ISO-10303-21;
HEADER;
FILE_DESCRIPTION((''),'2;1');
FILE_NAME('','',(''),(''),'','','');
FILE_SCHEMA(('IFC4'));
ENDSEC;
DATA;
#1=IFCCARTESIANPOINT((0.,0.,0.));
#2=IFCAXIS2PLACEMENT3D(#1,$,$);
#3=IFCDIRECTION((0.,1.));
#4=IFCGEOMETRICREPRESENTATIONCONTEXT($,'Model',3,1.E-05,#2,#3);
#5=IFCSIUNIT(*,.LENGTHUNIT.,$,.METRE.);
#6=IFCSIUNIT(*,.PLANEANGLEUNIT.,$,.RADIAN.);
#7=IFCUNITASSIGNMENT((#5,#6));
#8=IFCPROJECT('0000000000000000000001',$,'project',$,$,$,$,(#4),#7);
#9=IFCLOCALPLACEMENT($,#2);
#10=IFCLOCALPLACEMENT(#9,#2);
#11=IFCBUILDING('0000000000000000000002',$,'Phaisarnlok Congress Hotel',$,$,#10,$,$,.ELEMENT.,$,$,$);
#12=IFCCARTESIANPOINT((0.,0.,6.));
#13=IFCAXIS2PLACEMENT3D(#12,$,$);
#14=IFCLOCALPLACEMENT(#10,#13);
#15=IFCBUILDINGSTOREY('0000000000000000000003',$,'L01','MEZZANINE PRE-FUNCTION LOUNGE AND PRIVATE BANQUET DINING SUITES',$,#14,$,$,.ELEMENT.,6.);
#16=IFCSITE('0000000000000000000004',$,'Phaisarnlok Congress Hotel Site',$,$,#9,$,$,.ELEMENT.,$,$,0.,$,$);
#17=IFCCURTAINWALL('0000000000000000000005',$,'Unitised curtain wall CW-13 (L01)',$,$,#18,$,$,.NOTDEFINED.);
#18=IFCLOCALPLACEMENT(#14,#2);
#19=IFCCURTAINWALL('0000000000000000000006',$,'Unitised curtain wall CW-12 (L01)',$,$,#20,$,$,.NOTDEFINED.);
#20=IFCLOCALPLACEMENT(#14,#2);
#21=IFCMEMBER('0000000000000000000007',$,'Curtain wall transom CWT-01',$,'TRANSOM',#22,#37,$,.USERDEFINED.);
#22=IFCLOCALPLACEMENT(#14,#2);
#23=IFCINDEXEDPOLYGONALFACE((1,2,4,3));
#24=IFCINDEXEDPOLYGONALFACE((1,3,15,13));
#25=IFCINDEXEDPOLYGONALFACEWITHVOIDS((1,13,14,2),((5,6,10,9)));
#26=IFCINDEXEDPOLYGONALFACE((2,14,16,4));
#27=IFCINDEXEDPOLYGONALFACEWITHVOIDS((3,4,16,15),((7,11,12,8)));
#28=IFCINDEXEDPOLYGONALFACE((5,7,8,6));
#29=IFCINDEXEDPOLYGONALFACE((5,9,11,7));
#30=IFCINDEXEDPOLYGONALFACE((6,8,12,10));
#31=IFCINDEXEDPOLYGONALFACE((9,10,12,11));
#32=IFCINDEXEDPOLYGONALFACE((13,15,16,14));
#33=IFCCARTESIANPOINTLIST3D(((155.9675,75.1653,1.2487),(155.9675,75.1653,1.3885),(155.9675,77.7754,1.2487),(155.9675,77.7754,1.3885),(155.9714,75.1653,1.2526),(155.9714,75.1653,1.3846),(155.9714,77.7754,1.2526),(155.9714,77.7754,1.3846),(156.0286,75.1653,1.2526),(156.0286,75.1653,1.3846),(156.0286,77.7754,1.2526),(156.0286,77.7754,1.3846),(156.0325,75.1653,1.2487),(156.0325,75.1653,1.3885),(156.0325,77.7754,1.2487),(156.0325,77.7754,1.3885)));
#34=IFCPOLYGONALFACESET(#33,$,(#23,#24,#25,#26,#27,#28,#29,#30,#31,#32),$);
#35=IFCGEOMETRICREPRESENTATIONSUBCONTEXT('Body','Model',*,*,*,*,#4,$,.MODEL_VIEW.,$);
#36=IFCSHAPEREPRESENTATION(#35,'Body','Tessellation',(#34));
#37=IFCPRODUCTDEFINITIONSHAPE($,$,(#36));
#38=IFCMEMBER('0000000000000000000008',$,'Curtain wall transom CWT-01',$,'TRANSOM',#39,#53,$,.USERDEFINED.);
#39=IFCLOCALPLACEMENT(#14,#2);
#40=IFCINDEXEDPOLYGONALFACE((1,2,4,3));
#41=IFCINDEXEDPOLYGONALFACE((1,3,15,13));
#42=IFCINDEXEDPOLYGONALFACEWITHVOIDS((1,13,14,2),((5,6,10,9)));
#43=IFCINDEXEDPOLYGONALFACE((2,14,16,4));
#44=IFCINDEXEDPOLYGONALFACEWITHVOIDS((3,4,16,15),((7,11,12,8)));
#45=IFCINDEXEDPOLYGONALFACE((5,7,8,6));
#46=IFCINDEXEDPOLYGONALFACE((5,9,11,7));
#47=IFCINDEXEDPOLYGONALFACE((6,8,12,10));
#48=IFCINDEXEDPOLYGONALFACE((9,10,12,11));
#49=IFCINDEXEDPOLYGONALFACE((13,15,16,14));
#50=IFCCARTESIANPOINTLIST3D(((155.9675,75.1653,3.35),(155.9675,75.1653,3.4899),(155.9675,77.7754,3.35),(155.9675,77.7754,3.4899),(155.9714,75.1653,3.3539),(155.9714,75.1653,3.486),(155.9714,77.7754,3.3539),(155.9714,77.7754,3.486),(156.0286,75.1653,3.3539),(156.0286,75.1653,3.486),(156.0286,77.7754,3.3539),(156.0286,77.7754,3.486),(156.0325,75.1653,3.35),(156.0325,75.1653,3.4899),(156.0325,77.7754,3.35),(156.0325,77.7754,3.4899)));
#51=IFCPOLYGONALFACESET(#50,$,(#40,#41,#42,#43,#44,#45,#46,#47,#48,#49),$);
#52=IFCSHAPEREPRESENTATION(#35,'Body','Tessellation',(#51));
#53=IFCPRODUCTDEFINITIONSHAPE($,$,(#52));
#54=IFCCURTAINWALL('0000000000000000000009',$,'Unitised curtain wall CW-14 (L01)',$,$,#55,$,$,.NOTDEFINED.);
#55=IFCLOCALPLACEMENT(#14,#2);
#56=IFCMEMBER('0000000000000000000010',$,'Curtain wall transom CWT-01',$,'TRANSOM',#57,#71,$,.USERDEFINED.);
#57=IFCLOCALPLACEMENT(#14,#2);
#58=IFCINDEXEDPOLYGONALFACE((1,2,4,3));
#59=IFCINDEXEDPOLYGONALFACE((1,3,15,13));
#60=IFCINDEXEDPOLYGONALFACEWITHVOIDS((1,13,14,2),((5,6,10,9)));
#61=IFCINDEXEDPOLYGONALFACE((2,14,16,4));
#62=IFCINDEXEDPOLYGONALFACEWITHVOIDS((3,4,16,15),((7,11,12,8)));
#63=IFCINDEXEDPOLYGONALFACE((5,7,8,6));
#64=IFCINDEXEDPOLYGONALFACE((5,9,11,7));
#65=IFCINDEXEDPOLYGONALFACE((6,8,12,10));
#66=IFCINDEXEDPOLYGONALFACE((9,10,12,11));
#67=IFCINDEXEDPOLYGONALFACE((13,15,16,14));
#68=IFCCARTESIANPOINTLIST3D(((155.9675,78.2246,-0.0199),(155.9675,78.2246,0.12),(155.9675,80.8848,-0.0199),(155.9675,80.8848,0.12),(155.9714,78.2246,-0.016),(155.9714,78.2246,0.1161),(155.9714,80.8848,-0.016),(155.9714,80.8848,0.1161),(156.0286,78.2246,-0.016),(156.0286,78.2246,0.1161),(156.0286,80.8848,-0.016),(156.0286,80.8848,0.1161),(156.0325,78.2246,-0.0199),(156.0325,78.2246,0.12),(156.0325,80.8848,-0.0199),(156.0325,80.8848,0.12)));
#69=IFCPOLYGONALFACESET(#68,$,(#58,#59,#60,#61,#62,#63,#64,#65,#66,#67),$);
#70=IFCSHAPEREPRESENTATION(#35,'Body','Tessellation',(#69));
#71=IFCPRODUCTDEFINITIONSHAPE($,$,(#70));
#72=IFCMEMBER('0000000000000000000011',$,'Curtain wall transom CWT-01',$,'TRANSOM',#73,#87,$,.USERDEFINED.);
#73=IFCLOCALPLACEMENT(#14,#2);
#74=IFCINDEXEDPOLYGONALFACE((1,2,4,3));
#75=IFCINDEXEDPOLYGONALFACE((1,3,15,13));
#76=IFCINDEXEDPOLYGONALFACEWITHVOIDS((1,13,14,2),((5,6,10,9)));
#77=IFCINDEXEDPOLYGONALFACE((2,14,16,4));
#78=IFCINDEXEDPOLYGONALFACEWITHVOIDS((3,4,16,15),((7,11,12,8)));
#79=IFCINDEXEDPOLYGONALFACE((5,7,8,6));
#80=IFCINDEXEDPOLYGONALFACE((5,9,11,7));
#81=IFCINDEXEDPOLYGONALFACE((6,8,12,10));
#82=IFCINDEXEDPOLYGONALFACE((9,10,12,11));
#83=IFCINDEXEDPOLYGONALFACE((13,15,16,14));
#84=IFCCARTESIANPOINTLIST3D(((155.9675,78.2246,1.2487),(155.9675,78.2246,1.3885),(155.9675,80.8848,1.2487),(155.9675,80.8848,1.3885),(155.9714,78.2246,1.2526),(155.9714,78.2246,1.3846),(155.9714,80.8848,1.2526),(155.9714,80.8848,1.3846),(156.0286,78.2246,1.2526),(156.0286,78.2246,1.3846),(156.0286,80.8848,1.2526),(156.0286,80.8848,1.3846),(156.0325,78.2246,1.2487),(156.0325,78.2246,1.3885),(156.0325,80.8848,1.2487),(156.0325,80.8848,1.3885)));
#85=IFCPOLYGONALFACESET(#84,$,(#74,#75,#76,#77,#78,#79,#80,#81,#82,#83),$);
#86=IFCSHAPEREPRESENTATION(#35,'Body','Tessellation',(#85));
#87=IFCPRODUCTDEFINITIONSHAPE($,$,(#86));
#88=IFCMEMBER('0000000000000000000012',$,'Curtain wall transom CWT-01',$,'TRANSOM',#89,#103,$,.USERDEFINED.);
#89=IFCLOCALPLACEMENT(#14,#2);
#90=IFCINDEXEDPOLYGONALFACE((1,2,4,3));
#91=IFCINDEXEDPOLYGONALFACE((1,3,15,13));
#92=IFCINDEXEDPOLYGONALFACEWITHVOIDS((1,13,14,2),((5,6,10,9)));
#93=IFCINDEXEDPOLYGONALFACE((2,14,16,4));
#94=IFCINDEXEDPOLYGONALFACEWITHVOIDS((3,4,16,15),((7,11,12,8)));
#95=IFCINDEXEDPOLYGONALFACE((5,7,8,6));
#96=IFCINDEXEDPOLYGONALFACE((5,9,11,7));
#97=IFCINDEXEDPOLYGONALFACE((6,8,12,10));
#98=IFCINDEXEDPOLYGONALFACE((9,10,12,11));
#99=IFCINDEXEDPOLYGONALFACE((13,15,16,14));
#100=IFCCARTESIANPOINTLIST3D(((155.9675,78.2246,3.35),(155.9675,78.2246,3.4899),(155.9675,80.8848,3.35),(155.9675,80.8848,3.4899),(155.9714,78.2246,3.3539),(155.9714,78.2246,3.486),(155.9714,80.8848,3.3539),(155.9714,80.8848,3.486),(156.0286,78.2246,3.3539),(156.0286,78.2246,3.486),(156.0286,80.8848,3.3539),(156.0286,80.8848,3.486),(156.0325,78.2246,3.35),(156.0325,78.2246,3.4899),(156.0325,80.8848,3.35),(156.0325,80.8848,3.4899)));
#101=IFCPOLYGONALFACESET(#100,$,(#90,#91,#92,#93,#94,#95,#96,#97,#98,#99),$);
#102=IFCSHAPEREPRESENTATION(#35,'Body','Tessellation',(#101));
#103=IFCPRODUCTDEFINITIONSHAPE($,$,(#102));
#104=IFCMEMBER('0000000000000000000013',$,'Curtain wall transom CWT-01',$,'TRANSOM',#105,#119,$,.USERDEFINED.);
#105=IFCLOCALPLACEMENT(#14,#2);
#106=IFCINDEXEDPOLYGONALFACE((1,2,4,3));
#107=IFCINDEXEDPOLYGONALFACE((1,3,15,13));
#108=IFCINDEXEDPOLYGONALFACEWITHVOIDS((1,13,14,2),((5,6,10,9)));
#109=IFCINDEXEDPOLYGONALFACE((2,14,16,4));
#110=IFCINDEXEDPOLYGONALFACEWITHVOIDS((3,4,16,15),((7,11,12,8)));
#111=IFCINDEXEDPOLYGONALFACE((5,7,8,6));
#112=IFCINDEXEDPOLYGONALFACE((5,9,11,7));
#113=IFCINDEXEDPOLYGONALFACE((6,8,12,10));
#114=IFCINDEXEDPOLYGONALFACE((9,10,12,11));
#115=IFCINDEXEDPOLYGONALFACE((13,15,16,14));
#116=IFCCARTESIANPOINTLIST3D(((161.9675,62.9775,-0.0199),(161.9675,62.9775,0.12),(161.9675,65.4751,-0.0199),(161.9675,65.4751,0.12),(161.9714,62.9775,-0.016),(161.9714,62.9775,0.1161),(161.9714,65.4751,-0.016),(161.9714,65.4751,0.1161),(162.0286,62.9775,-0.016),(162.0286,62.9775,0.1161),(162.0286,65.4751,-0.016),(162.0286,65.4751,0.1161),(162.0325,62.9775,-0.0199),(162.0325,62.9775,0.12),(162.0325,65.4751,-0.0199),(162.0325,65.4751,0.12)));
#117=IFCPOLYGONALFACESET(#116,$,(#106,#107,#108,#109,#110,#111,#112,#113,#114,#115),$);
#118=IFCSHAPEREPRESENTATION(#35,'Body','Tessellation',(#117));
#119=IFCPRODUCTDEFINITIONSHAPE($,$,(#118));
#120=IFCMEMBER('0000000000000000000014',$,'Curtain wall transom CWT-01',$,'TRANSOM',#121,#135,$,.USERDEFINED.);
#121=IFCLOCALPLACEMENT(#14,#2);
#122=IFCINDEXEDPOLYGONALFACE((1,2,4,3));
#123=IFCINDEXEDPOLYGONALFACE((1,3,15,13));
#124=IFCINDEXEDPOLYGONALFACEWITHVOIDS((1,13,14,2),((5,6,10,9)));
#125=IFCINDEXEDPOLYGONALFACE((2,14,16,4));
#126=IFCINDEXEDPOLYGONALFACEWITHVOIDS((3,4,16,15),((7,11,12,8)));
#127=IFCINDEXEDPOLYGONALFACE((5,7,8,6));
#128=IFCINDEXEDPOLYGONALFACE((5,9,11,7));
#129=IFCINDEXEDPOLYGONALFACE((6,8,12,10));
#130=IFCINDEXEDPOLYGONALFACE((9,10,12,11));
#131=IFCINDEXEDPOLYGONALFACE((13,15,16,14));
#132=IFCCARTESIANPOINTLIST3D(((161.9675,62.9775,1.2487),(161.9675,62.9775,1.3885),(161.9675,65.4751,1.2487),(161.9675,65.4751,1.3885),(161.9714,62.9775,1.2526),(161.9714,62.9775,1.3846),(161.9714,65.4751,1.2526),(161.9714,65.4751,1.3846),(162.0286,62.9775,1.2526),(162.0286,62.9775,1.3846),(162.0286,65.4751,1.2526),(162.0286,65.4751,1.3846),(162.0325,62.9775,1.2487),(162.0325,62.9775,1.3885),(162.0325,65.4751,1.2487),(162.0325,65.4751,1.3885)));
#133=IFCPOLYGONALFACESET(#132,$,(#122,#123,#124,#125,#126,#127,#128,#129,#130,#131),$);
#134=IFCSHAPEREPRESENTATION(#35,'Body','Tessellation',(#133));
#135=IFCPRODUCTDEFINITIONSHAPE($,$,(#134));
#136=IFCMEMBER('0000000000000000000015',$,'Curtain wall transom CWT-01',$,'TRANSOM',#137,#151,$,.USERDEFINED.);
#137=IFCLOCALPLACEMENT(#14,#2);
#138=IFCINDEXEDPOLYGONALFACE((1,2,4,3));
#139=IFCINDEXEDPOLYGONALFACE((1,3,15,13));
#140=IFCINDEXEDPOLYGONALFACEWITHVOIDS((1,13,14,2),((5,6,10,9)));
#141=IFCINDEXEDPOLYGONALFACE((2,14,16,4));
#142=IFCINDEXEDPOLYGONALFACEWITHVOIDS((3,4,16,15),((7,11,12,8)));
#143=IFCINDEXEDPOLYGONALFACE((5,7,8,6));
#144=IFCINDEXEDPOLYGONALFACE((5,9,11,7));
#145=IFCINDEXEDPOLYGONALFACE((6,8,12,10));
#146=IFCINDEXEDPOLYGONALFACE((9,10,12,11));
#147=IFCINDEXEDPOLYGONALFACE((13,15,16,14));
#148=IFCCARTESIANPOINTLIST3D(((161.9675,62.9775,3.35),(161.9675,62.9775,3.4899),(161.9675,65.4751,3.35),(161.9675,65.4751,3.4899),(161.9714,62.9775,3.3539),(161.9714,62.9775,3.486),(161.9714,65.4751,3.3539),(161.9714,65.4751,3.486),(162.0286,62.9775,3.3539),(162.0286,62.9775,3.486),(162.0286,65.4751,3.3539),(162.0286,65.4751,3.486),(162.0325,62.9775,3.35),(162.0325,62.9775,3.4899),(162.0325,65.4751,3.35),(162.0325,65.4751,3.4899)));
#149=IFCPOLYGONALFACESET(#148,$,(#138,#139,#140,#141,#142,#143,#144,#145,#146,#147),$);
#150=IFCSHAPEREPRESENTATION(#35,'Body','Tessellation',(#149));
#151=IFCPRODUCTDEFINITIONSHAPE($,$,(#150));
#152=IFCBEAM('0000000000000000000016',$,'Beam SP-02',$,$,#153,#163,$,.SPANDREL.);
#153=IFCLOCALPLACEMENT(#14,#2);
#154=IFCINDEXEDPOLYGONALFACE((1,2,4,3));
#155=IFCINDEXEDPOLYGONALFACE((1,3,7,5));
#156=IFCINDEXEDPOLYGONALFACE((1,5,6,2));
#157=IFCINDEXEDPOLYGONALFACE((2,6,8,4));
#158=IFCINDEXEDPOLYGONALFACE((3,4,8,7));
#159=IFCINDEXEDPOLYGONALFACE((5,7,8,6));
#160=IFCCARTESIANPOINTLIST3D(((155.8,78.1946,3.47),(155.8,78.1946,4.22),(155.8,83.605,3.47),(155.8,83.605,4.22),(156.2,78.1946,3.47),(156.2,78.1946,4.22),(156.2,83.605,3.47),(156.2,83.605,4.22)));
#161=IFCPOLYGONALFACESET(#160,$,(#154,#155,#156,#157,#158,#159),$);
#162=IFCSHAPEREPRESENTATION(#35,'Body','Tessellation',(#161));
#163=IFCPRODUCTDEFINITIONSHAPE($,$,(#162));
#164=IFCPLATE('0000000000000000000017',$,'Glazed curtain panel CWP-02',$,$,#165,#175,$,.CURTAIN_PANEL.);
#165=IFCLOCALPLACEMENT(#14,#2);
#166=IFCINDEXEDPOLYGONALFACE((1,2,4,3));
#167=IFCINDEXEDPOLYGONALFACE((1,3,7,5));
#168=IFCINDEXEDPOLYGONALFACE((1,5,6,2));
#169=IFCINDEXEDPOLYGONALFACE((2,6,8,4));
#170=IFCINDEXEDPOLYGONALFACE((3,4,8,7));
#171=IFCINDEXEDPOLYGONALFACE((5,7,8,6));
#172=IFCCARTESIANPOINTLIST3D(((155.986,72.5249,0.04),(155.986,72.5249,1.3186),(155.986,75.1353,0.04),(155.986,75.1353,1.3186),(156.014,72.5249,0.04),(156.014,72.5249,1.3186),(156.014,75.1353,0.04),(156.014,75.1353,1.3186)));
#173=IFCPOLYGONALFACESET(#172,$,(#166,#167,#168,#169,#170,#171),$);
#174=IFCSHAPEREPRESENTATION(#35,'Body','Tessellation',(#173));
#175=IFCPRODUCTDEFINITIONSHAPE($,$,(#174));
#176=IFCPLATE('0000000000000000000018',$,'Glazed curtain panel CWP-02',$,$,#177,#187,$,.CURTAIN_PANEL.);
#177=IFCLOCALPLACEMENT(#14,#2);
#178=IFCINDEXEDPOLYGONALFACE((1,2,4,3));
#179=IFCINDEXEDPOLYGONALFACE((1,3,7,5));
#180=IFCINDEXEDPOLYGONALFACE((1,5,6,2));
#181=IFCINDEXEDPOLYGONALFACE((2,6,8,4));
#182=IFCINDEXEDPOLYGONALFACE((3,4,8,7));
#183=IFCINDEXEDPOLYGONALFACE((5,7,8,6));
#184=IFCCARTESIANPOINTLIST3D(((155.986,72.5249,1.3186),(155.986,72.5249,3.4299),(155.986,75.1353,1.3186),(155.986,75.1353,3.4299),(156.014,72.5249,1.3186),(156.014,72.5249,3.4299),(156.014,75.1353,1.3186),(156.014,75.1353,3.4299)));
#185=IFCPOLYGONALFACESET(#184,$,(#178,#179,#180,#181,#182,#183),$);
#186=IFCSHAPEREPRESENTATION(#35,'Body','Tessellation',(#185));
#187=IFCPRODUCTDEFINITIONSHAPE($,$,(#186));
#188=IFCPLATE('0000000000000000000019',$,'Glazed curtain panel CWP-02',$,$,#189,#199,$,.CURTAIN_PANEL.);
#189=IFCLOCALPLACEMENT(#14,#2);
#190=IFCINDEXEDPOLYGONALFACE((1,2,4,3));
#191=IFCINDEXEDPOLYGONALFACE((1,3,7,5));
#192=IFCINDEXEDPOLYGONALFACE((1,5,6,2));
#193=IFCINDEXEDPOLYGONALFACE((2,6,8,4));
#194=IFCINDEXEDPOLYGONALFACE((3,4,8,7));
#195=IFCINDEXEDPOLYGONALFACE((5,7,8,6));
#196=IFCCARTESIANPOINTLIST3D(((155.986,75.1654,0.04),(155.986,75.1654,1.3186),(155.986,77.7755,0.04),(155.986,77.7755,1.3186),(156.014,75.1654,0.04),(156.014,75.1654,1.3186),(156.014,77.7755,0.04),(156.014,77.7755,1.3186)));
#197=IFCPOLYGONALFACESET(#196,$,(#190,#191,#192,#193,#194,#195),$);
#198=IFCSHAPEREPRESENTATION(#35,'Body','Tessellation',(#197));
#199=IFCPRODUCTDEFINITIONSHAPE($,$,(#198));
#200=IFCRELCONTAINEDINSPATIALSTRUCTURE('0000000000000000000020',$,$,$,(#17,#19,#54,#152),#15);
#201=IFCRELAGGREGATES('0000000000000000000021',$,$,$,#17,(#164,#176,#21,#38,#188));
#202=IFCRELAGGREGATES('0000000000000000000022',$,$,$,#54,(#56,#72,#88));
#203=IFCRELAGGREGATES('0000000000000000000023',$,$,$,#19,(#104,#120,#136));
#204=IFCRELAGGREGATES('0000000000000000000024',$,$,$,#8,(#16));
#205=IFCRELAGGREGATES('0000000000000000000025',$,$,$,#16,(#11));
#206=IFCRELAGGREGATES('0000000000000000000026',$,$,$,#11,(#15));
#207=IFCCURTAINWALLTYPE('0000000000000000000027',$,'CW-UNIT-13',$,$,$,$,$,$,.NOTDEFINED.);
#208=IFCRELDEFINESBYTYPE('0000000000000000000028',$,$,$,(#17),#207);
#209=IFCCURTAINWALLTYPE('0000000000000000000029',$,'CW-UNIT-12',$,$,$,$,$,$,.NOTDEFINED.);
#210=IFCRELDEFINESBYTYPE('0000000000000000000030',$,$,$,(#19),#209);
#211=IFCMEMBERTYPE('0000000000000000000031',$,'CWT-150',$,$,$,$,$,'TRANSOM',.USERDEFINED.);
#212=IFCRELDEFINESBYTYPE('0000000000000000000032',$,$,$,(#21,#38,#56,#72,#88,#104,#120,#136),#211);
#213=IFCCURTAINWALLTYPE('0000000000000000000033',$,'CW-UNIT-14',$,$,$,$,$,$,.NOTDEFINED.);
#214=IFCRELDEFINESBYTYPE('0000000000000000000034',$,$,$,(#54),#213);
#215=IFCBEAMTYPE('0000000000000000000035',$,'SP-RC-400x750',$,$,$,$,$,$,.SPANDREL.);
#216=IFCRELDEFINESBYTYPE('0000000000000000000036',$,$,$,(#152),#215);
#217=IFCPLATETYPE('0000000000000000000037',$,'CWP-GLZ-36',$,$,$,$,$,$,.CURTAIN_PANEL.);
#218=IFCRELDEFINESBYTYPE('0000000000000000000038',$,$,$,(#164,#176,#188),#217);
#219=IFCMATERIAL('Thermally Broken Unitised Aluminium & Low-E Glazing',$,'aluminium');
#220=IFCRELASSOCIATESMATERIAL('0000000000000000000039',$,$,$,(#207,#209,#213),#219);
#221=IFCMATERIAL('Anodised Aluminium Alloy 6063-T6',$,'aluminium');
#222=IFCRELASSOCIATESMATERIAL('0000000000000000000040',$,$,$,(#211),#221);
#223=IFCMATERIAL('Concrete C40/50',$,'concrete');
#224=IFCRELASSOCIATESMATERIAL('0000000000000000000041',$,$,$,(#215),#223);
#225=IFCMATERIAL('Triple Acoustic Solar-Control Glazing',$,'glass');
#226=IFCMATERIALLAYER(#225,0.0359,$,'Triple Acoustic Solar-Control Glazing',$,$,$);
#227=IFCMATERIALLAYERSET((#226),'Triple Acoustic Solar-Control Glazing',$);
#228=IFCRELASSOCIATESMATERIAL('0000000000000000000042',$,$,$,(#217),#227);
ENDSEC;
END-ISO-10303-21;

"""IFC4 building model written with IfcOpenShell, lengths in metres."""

from ifc_helpers import new_model, si_unit, direction, frame, frame_2d, origin, origin_2d, place, context, subcontext, project, spatial, rectangle, hollow_rectangle, extrude, material, layer, layer_set, material_profile, profile_set, type_object, element, aggregate, save


model = new_model("IFC4")

# Units and contexts
model_context = context("Model", 3, precision=1e-05, world=origin(), true_north=direction((0.0, 1.0)))
body_context = subcontext(model_context, "Body", "Model", "MODEL_VIEW")
ifc_project = project(units=[si_unit("LENGTHUNIT", "METRE"), si_unit("PLANEANGLEUNIT", "RADIAN")], contexts=[model_context])

# Site, building, storey
site_placement = place(None, origin())
site = spatial("IfcSite", under=ifc_project, at=site_placement, Name="Phaisarnlok Congress Hotel Site", CompositionType="ELEMENT", RefElevation=0.0)
building_placement = place(site_placement, origin())
building = spatial("IfcBuilding", under=site, at=building_placement, Name="Phaisarnlok Congress Hotel", CompositionType="ELEMENT")
storey_placement = place(building_placement, frame((0.0, 0.0, 6.0)))
storey = spatial("IfcBuildingStorey", under=building, at=storey_placement, Name="L01", Description="MEZZANINE PRE-FUNCTION LOUNGE AND PRIVATE BANQUET DINING SUITES", CompositionType="ELEMENT", Elevation=6.0)

# Curtain wall
ifc_material_1 = material(Name="Thermally Broken Unitised Aluminium & Low-E Glazing", Category="aluminium")
curtain_wall_type_1 = type_object("IfcCurtainWallType", Name="CW-UNIT-13", PredefinedType="NOTDEFINED", material=ifc_material_1)
curtain_wall_1_placement = place(storey_placement, origin())
curtain_wall_1 = element("IfcCurtainWall", 1, at=curtain_wall_1_placement, inside=storey, type_object=curtain_wall_type_1, Name="Unitised curtain wall CW-13 (L01)", PredefinedType="NOTDEFINED")
ifc_material_2 = material(Name="Anodised Aluminium Alloy 6063-T6", Category="aluminium")

# Curtain wall
curtain_wall_type_2 = type_object("IfcCurtainWallType", Name="CW-UNIT-12", PredefinedType="NOTDEFINED", material=ifc_material_1)
curtain_wall_2_placement = place(storey_placement, origin())
curtain_wall_2 = element("IfcCurtainWall", 2, at=curtain_wall_2_placement, inside=storey, type_object=curtain_wall_type_2, Name="Unitised curtain wall CW-12 (L01)", PredefinedType="NOTDEFINED")

# Members
ifc_material_profile_1 = material_profile(ifc_material_2, hollow_rectangle(XDim=0.0649, YDim=0.1399, WallThickness=0.0039, at=origin_2d()), Name="ALU-T 65x140x4")
ifc_profile_set_1 = profile_set([ifc_material_profile_1], Name="Anodised Aluminium Alloy 6063-T6")
member_type_1 = type_object("IfcMemberType", Name="CWT-150", ElementType="TRANSOM", PredefinedType="USERDEFINED", material=ifc_profile_set_1)
member_1_placement = place(storey_placement, frame((156.0, 75.1653, 1.3186), z_axis=(0.0, 1.0, 0.0), x_axis=(-1.0, 0.0, 0.0)))
member_1 = element("IfcMember", 3, at=member_1_placement, type_object=member_type_1, Name="Curtain wall transom CWT-01", ObjectType="TRANSOM", PredefinedType="USERDEFINED", context=body_context, shape_type="SweptSolid", body=[
    extrude(hollow_rectangle(XDim=0.0649, YDim=0.1399, WallThickness=0.0039, at=origin_2d()), origin(), (0.0, 0.0, 1.0), 2.6101),
])
member_2_placement = place(storey_placement, frame((156.0, 75.1653, 3.4199), z_axis=(0.0, 1.0, 0.0), x_axis=(-1.0, 0.0, 0.0)))
member_2 = element("IfcMember", 4, at=member_2_placement, type_object=member_type_1, Name="Curtain wall transom CWT-01", ObjectType="TRANSOM", PredefinedType="USERDEFINED", context=body_context, shape_type="SweptSolid", body=[
    extrude(hollow_rectangle(XDim=0.0649, YDim=0.1399, WallThickness=0.0039, at=origin_2d()), origin(), (0.0, 0.0, 1.0), 2.6101),
])

# Curtain wall, members
curtain_wall_type_3 = type_object("IfcCurtainWallType", Name="CW-UNIT-14", PredefinedType="NOTDEFINED", material=ifc_material_1)
curtain_wall_3_placement = place(storey_placement, origin())
curtain_wall_3 = element("IfcCurtainWall", 5, at=curtain_wall_3_placement, inside=storey, type_object=curtain_wall_type_3, Name="Unitised curtain wall CW-14 (L01)", PredefinedType="NOTDEFINED")
member_3_placement = place(storey_placement, frame((156.0, 78.2246, 0.05), z_axis=(0.0, 1.0, 0.0), x_axis=(-1.0, 0.0, 0.0)))
member_3 = element("IfcMember", 6, at=member_3_placement, type_object=member_type_1, Name="Curtain wall transom CWT-01", ObjectType="TRANSOM", PredefinedType="USERDEFINED", context=body_context, shape_type="SweptSolid", body=[
    extrude(hollow_rectangle(XDim=0.0649, YDim=0.1399, WallThickness=0.0039, at=origin_2d()), origin(), (0.0, 0.0, 1.0), 2.6602),
])
member_4_placement = place(storey_placement, frame((156.0, 78.2246, 1.3186), z_axis=(0.0, 1.0, 0.0), x_axis=(-1.0, 0.0, 0.0)))
member_4 = element("IfcMember", 7, at=member_4_placement, type_object=member_type_1, Name="Curtain wall transom CWT-01", ObjectType="TRANSOM", PredefinedType="USERDEFINED", context=body_context, shape_type="SweptSolid", body=[
    extrude(hollow_rectangle(XDim=0.0649, YDim=0.1399, WallThickness=0.0039, at=origin_2d()), origin(), (0.0, 0.0, 1.0), 2.6602),
])
member_5_placement = place(storey_placement, frame((156.0, 78.2246, 3.4199), z_axis=(0.0, 1.0, 0.0), x_axis=(-1.0, 0.0, 0.0)))
member_5 = element("IfcMember", 8, at=member_5_placement, type_object=member_type_1, Name="Curtain wall transom CWT-01", ObjectType="TRANSOM", PredefinedType="USERDEFINED", context=body_context, shape_type="SweptSolid", body=[
    extrude(hollow_rectangle(XDim=0.0649, YDim=0.1399, WallThickness=0.0039, at=origin_2d()), origin(), (0.0, 0.0, 1.0), 2.6602),
])

# Members
member_6_placement = place(storey_placement, frame((162.0, 65.4751, 0.05), z_axis=(0.0, -1.0, 0.0), x_axis=(1.0, 0.0, 0.0)))
member_6 = element("IfcMember", 9, at=member_6_placement, type_object=member_type_1, Name="Curtain wall transom CWT-01", ObjectType="TRANSOM", PredefinedType="USERDEFINED", context=body_context, shape_type="SweptSolid", body=[
    extrude(hollow_rectangle(XDim=0.0649, YDim=0.1399, WallThickness=0.0039, at=origin_2d()), origin(), (0.0, 0.0, 1.0), 2.4976),
])
member_7_placement = place(storey_placement, frame((162.0, 65.4751, 1.3186), z_axis=(0.0, -1.0, 0.0), x_axis=(1.0, 0.0, 0.0)))
member_7 = element("IfcMember", 10, at=member_7_placement, type_object=member_type_1, Name="Curtain wall transom CWT-01", ObjectType="TRANSOM", PredefinedType="USERDEFINED", context=body_context, shape_type="SweptSolid", body=[
    extrude(hollow_rectangle(XDim=0.0649, YDim=0.1399, WallThickness=0.0039, at=origin_2d()), origin(), (0.0, 0.0, 1.0), 2.4976),
])
member_8_placement = place(storey_placement, frame((162.0, 65.4751, 3.4199), z_axis=(0.0, -1.0, 0.0), x_axis=(1.0, 0.0, 0.0)))
member_8 = element("IfcMember", 11, at=member_8_placement, type_object=member_type_1, Name="Curtain wall transom CWT-01", ObjectType="TRANSOM", PredefinedType="USERDEFINED", context=body_context, shape_type="SweptSolid", body=[
    extrude(hollow_rectangle(XDim=0.0649, YDim=0.1399, WallThickness=0.0039, at=origin_2d()), origin(), (0.0, 0.0, 1.0), 2.4976),
])

# Beam
ifc_material_3 = material(Name="Concrete C40/50", Category="concrete")
ifc_material_profile_2 = material_profile(ifc_material_3, rectangle(XDim=0.3999, YDim=0.75, at=origin_2d()), Name="RC 400x750")
ifc_profile_set_2 = profile_set([ifc_material_profile_2], Name="Concrete C40/50")
beam_type = type_object("IfcBeamType", Name="SP-RC-400x750", PredefinedType="SPANDREL", material=ifc_profile_set_2)
beam_placement = place(storey_placement, frame((156.0, 78.1946, 3.845), z_axis=(0.0, 1.0, 0.0), x_axis=(-1.0, 0.0, 0.0)))
element("IfcBeam", 12, at=beam_placement, inside=storey, type_object=beam_type, Name="Beam SP-02", PredefinedType="SPANDREL", context=body_context, shape_type="SweptSolid", body=[
    extrude(rectangle(XDim=0.3999, YDim=0.75, at=origin_2d()), origin(), (0.0, 0.0, 1.0), 5.4104),
])

# Plates
ifc_material_4 = material(Name="Triple Acoustic Solar-Control Glazing", Category="glass")
ifc_layer = layer(ifc_material_4, 0.0359, Name="Triple Acoustic Solar-Control Glazing")
ifc_layer_set = layer_set([ifc_layer], Name="Triple Acoustic Solar-Control Glazing")
plate_type = type_object("IfcPlateType", Name="CWP-GLZ-36", PredefinedType="CURTAIN_PANEL", material=ifc_layer_set)
plate_1_placement = place(storey_placement, frame((156.0, 72.5249, 0.04), z_axis=(0.0, 0.0, 1.0), x_axis=(0.0, 1.0, 0.0)))
plate_1 = element("IfcPlate", 13, at=plate_1_placement, type_object=plate_type, Name="Glazed curtain panel CWP-02", PredefinedType="CURTAIN_PANEL", context=body_context, shape_type="SweptSolid", body=[
    extrude(rectangle(XDim=2.6104, YDim=0.0281, at=frame_2d((1.3052, 0.0))), origin(), (0.0, 0.0, 1.0), 1.2786),
])
plate_2_placement = place(storey_placement, frame((156.0, 72.5249, 1.3186), z_axis=(0.0, 0.0, 1.0), x_axis=(0.0, 1.0, 0.0)))
plate_2 = element("IfcPlate", 14, at=plate_2_placement, type_object=plate_type, Name="Glazed curtain panel CWP-02", PredefinedType="CURTAIN_PANEL", context=body_context, shape_type="SweptSolid", body=[
    extrude(rectangle(XDim=2.6104, YDim=0.0281, at=frame_2d((1.3052, 0.0))), origin(), (0.0, 0.0, 1.0), 2.1113),
])
plate_3_placement = place(storey_placement, frame((156.0, 75.1653, 0.04), z_axis=(0.0, 0.0, 1.0), x_axis=(0.0, 1.0, 0.0)))
plate_3 = element("IfcPlate", 15, at=plate_3_placement, type_object=plate_type, Name="Glazed curtain panel CWP-02", PredefinedType="CURTAIN_PANEL", context=body_context, shape_type="SweptSolid", body=[
    extrude(rectangle(XDim=2.6101, YDim=0.0281, at=frame_2d((1.3052, 0.0))), origin(), (0.0, 0.0, 1.0), 1.2786),
])
aggregate(curtain_wall_1, [plate_1, plate_2, member_1, member_2, plate_3])
aggregate(curtain_wall_3, [member_3, member_4, member_5])
aggregate(curtain_wall_2, [member_6, member_7, member_8])

save(model, "model.ifc")
